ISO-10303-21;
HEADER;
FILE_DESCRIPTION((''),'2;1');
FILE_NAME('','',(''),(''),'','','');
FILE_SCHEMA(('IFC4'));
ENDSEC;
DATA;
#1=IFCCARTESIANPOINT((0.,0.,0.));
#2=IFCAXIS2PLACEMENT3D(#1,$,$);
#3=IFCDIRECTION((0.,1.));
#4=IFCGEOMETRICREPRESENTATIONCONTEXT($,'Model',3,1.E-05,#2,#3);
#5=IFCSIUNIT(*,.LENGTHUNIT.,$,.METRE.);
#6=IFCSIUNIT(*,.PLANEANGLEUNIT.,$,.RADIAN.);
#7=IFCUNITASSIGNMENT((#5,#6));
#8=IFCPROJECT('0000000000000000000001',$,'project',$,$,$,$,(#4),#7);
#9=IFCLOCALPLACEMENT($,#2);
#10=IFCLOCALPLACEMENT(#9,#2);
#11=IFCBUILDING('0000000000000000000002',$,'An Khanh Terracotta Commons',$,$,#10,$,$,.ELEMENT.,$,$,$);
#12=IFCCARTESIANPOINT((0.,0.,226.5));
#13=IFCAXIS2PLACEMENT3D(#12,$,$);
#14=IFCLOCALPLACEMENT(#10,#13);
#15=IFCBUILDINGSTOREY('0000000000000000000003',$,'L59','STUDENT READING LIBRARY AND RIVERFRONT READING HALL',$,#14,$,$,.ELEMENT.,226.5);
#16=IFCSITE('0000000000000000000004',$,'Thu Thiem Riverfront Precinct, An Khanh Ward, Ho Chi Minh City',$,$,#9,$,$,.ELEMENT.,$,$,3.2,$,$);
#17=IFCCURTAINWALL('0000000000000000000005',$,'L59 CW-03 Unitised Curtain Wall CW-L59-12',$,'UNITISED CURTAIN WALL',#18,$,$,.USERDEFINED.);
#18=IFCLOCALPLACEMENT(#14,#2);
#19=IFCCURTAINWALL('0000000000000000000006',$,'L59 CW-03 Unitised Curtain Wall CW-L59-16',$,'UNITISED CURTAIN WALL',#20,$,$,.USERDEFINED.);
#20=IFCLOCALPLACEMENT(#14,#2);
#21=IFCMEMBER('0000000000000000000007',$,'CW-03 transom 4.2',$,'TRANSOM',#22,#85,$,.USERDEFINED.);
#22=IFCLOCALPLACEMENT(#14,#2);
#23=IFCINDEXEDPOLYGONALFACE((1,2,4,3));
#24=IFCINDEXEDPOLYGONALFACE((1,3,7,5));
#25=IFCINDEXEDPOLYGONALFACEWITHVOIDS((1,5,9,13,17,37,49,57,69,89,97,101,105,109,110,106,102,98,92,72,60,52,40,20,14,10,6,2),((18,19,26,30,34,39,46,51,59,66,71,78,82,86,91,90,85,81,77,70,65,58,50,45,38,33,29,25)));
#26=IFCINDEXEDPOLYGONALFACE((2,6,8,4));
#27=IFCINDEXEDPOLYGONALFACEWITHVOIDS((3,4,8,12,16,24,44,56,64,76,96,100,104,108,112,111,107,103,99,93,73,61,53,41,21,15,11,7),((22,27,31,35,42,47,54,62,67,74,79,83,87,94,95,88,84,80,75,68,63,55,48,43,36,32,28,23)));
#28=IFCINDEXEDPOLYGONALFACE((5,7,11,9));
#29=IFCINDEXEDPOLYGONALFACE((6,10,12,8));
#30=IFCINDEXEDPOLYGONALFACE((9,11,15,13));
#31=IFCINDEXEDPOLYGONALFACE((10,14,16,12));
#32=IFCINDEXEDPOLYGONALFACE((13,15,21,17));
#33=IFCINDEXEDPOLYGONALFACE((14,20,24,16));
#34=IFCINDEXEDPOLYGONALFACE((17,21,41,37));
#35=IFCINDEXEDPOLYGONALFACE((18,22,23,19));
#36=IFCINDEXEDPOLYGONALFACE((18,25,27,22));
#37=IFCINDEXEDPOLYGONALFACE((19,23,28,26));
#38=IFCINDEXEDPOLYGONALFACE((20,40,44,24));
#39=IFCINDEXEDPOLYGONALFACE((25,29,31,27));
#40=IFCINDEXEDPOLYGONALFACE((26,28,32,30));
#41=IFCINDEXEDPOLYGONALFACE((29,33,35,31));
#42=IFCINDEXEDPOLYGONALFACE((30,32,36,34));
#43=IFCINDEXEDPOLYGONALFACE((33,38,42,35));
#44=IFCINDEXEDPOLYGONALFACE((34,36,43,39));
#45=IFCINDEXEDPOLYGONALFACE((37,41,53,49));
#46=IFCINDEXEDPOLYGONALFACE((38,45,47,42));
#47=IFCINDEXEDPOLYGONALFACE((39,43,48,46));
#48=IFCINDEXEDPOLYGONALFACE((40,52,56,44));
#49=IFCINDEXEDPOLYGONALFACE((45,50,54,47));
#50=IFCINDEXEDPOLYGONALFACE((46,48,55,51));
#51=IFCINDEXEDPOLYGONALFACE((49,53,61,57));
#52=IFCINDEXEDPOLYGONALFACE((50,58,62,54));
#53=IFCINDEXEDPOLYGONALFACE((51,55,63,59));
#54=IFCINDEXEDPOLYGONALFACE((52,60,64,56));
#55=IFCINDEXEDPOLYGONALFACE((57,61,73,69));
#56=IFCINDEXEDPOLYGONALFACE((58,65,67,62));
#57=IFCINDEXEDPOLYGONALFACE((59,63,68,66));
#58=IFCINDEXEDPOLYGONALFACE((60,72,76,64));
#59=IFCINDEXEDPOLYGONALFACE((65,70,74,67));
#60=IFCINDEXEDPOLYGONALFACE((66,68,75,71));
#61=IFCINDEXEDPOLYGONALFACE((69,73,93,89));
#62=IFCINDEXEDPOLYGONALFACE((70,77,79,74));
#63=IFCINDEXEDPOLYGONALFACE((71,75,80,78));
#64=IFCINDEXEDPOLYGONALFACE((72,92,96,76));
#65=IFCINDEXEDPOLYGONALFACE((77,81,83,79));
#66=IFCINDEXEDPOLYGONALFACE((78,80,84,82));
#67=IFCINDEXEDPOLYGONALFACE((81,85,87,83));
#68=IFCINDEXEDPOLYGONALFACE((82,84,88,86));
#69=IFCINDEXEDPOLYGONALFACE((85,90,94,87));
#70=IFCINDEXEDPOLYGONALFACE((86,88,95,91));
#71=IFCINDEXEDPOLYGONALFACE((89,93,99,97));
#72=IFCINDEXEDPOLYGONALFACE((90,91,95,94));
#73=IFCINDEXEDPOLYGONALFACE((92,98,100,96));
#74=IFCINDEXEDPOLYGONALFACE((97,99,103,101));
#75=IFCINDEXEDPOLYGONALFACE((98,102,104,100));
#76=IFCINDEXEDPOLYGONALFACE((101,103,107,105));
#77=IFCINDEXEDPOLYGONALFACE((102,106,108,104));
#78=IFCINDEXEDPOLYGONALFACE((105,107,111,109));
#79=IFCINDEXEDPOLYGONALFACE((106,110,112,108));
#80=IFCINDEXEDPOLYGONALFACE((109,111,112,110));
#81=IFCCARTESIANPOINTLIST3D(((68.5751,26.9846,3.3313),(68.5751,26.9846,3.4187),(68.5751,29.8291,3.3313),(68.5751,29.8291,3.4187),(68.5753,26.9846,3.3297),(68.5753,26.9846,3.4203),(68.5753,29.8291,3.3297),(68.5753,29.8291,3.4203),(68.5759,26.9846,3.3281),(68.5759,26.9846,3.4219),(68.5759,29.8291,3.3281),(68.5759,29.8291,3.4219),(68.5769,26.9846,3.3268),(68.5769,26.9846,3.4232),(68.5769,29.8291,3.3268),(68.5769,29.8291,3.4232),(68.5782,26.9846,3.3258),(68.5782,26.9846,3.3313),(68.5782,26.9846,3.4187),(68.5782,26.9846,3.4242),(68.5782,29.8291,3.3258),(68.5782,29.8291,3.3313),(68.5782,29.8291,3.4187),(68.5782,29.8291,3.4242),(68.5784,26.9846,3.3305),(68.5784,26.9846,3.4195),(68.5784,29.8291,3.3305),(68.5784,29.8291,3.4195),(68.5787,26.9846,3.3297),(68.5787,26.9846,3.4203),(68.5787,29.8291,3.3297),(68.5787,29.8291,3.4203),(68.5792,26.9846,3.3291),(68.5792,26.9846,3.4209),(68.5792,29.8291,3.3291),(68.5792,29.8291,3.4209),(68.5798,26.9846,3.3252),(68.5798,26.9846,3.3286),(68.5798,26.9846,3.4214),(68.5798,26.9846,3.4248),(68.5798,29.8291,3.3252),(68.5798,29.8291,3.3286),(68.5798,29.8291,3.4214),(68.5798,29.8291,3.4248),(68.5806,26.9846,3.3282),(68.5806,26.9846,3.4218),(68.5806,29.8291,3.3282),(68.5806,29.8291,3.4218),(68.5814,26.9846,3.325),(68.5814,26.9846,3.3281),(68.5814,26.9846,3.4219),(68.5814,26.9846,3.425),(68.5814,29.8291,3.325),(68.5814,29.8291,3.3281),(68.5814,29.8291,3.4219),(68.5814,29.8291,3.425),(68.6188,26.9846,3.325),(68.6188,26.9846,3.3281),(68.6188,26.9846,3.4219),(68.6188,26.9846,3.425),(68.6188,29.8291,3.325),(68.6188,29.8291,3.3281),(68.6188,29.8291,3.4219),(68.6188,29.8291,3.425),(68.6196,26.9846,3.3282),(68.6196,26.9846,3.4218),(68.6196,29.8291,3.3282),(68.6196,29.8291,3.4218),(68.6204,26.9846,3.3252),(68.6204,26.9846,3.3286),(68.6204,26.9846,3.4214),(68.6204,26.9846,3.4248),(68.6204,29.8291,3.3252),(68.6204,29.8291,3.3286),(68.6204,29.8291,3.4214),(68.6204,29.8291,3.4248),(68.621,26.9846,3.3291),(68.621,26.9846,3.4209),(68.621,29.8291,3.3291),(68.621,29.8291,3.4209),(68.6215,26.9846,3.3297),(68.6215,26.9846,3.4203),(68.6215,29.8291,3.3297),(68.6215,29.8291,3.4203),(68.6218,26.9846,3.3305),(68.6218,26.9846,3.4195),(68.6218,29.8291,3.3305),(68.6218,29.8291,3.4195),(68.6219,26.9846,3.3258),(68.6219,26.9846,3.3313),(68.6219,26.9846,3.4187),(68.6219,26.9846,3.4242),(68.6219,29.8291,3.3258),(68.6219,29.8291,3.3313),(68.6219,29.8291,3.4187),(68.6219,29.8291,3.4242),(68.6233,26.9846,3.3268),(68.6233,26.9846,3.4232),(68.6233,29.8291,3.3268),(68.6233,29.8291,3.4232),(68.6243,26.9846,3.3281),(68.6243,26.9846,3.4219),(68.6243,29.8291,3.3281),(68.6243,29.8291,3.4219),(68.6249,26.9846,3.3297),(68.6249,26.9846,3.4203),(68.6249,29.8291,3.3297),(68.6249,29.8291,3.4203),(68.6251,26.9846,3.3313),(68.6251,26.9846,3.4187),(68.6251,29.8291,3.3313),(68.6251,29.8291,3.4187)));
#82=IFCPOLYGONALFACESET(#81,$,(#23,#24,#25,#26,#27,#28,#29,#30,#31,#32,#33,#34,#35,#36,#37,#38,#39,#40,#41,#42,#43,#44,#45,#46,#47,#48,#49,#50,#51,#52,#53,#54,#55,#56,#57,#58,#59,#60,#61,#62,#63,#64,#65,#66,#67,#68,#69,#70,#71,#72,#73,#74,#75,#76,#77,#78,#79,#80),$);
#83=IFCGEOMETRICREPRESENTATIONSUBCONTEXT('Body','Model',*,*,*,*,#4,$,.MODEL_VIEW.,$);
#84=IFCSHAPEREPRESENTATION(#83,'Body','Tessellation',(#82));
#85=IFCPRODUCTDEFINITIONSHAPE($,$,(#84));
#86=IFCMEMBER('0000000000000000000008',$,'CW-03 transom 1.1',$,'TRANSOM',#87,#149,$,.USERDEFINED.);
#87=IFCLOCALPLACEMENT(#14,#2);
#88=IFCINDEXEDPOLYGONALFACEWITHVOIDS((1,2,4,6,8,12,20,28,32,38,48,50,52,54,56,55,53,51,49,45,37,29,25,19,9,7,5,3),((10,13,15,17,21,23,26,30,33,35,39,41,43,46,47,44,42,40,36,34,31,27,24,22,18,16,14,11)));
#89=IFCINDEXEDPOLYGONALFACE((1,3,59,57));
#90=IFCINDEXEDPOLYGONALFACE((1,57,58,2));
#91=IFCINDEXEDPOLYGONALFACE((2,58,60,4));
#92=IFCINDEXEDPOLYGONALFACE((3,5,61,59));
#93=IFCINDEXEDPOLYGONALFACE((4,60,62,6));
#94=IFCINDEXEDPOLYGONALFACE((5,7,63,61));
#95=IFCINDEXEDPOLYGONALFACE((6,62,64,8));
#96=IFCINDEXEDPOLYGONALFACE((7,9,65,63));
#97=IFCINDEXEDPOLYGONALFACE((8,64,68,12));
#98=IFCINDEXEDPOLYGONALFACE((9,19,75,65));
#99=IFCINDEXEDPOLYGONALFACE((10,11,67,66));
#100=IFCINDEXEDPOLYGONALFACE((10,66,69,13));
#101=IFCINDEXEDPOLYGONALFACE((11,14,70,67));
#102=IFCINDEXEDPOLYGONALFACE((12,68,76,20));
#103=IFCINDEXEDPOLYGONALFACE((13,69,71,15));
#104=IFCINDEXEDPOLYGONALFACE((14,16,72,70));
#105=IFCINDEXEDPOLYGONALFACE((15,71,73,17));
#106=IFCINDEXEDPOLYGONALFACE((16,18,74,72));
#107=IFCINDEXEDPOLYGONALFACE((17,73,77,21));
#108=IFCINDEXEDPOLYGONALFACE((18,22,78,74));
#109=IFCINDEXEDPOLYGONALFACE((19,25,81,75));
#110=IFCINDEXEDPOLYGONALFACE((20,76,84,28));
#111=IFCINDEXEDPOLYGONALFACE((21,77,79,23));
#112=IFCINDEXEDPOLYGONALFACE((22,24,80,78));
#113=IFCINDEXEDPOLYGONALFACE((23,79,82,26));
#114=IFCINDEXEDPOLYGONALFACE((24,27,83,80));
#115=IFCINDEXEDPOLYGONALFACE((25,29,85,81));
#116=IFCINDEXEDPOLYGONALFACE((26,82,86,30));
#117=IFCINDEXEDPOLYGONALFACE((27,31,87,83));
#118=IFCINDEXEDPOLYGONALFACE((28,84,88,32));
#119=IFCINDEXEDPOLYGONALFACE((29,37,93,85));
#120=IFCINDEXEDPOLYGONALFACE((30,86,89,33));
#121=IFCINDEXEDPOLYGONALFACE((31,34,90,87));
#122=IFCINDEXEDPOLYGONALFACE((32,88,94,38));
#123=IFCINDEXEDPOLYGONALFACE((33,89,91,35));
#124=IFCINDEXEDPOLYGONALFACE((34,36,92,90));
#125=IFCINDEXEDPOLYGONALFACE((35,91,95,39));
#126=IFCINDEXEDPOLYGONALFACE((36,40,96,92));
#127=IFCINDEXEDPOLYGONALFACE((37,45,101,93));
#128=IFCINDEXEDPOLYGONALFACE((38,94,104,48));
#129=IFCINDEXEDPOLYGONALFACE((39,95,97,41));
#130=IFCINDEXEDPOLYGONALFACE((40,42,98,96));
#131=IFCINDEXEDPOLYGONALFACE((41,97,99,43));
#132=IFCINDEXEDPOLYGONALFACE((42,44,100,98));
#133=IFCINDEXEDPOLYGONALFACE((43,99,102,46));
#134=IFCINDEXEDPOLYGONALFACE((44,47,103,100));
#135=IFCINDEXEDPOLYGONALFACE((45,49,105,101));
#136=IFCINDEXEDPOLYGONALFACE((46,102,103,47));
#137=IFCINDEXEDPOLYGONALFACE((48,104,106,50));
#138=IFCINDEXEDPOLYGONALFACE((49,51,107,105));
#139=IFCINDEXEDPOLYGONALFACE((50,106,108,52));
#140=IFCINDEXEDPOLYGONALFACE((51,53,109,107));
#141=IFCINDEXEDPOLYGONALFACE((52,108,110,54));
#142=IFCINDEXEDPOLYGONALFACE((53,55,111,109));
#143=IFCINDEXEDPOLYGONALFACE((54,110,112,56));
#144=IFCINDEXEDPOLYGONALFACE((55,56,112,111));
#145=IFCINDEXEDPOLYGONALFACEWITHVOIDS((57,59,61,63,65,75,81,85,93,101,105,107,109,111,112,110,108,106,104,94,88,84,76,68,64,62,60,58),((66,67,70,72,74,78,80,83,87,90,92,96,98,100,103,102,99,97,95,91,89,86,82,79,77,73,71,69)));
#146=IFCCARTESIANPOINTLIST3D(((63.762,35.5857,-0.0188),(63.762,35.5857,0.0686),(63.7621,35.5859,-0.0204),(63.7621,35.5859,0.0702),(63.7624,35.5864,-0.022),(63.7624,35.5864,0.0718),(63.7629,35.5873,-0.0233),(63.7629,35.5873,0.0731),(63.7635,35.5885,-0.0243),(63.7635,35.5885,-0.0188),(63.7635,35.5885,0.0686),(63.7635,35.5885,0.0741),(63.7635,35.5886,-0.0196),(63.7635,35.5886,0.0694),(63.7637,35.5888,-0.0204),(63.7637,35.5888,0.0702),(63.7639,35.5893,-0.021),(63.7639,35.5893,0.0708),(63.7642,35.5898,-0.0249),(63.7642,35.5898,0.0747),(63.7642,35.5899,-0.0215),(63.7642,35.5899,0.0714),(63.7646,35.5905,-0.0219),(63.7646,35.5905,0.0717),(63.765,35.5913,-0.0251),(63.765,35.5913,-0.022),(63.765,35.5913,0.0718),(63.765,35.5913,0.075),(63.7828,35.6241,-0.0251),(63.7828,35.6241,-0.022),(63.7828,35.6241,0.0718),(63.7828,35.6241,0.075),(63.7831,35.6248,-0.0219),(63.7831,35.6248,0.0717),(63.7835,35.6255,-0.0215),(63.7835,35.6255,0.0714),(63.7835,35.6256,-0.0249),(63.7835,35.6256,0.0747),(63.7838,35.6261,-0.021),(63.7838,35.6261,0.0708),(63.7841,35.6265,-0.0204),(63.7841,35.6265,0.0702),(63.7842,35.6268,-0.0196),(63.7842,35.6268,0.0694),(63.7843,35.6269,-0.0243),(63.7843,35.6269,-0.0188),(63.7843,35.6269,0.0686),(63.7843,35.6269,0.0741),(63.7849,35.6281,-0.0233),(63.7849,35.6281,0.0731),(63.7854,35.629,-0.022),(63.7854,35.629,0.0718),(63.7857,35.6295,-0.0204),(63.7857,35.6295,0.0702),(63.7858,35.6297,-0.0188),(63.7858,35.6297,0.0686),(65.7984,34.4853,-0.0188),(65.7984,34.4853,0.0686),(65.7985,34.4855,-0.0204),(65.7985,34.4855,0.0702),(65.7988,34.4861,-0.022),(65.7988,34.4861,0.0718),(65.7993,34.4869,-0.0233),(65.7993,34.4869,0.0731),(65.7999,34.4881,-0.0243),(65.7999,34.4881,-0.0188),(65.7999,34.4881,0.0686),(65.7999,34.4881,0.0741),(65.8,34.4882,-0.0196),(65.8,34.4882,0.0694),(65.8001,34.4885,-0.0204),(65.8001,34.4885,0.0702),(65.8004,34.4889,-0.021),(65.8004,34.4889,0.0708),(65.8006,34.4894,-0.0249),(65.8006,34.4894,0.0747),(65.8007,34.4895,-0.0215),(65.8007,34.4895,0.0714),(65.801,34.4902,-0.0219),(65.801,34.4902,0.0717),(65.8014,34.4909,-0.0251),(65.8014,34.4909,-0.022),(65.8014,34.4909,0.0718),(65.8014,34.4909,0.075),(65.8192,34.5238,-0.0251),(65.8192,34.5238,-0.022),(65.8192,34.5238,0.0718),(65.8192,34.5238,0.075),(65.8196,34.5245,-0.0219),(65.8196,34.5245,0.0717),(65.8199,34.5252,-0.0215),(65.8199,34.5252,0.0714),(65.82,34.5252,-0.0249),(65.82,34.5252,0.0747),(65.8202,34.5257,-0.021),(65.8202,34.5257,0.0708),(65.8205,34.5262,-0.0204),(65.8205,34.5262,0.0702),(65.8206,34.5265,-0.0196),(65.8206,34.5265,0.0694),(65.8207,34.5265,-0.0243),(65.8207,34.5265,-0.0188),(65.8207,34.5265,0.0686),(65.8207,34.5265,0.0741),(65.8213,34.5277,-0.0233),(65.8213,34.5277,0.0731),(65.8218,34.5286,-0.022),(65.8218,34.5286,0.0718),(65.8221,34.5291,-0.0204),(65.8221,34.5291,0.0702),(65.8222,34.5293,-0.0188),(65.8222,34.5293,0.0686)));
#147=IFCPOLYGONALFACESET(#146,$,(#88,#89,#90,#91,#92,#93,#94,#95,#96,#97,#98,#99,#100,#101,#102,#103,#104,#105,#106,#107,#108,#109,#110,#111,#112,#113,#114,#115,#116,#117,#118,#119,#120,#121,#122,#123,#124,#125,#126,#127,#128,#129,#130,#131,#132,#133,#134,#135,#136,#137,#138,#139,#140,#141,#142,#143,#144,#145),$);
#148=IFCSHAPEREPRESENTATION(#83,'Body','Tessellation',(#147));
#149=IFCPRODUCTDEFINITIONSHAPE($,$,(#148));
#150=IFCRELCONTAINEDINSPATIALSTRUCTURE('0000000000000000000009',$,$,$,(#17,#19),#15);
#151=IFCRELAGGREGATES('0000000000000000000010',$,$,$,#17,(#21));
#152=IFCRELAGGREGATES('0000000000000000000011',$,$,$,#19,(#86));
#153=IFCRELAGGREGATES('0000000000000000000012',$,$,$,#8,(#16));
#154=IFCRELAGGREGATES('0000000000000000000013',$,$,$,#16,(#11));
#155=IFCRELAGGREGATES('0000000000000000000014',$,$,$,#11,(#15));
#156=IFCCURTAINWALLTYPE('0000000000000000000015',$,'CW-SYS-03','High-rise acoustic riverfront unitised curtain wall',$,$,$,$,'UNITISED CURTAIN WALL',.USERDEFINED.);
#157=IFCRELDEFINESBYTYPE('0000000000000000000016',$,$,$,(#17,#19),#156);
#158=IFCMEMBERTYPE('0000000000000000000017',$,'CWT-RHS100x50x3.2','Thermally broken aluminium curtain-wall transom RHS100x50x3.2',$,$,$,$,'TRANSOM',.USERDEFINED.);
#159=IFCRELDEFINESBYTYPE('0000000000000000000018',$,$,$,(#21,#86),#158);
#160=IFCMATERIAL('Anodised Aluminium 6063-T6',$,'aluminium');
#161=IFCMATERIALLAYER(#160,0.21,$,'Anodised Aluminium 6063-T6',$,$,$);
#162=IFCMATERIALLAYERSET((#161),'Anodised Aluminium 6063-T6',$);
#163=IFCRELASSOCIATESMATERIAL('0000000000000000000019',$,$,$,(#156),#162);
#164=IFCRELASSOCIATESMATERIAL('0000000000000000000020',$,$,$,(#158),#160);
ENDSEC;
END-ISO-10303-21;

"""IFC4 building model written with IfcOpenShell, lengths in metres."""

from ifc_helpers import new_model, si_unit, direction, frame, origin, origin_2d, place, context, subcontext, project, spatial, hollow_rectangle, extrude, material, layer, layer_set, material_profile, profile_set, type_object, element, aggregate, save


model = new_model("IFC4")

# Units and contexts
model_context = context("Model", 3, precision=1e-05, world=origin(), true_north=direction((0.0, 1.0)))
body_context = subcontext(model_context, "Body", "Model", "MODEL_VIEW")
ifc_project = project(units=[si_unit("LENGTHUNIT", "METRE"), si_unit("PLANEANGLEUNIT", "RADIAN")], contexts=[model_context])

# Site, building, storey
site_placement = place(None, origin())
site = spatial("IfcSite", under=ifc_project, at=site_placement, Name="Thu Thiem Riverfront Precinct, An Khanh Ward, Ho Chi Minh City", CompositionType="ELEMENT", RefElevation=3.2)
building_placement = place(site_placement, origin())
building = spatial("IfcBuilding", under=site, at=building_placement, Name="An Khanh Terracotta Commons", CompositionType="ELEMENT")
storey_placement = place(building_placement, frame((0.0, 0.0, 226.5)))
storey = spatial("IfcBuildingStorey", under=building, at=storey_placement, Name="L59", Description="STUDENT READING LIBRARY AND RIVERFRONT READING HALL", CompositionType="ELEMENT", Elevation=226.5)

# Curtain walls
ifc_material_1 = material(Name="Anodised Aluminium 6063-T6", Category="aluminium")
ifc_layer_1 = layer(ifc_material_1, 0.21, Name="Anodised Aluminium 6063-T6")
ifc_layer_set_1 = layer_set([ifc_layer_1], Name="Anodised Aluminium 6063-T6")
curtain_wall_type = type_object("IfcCurtainWallType", Name="CW-SYS-03", Description="High-rise acoustic riverfront unitised curtain wall", ElementType="UNITISED CURTAIN WALL", PredefinedType="USERDEFINED", material=ifc_layer_set_1)
curtain_wall_1_placement = place(storey_placement, origin())
curtain_wall_1 = element("IfcCurtainWall", 1, at=curtain_wall_1_placement, inside=storey, type_object=curtain_wall_type, Name="L59 CW-03 Unitised Curtain Wall CW-L59-12", ObjectType="UNITISED CURTAIN WALL", PredefinedType="USERDEFINED")
curtain_wall_2_placement = place(storey_placement, origin())
curtain_wall_2 = element("IfcCurtainWall", 2, at=curtain_wall_2_placement, inside=storey, type_object=curtain_wall_type, Name="L59 CW-03 Unitised Curtain Wall CW-L59-16", ObjectType="UNITISED CURTAIN WALL", PredefinedType="USERDEFINED")

# Members
ifc_material_profile_1 = material_profile(ifc_material_1, hollow_rectangle(XDim=0.05, YDim=0.1001, WallThickness=0.0032, InnerFilletRadius=0.0032, OuterFilletRadius=0.0063, at=origin_2d()), Name="RHS100x50x3.2")
ifc_profile_set_1 = profile_set([ifc_material_profile_1], Name="Anodised Aluminium 6063-T6")
member_type_1 = type_object("IfcMemberType", Name="CWT-RHS100x50x3.2", Description="Thermally broken aluminium curtain-wall transom RHS100x50x3.2", ElementType="TRANSOM", PredefinedType="USERDEFINED", material=ifc_profile_set_1)
member_1_placement = place(storey_placement, frame((68.6001, 26.9846, 3.375), z_axis=(0.0, 1.0, 0.0), x_axis=(-1.0, 0.0, 0.0)))
member_1 = element("IfcMember", 3, at=member_1_placement, type_object=member_type_1, Name="CW-03 transom 4.2", ObjectType="TRANSOM", PredefinedType="USERDEFINED", context=body_context, shape_type="SweptSolid", body=[
    extrude(hollow_rectangle(XDim=0.05, YDim=0.1001, WallThickness=0.0032, InnerFilletRadius=0.0032, OuterFilletRadius=0.0063, at=origin_2d()), origin(), (0.0, 0.0, 1.0), 2.8445),
])
member_2_placement = place(storey_placement, frame((65.8103, 34.5073, 0.0249), z_axis=(-0.879779, 0.475382, 0.0), x_axis=(-0.475382, -0.879779, 0.0)))
member_2 = element("IfcMember", 4, at=member_2_placement, type_object=member_type_1, Name="CW-03 transom 1.1", ObjectType="TRANSOM", PredefinedType="USERDEFINED", context=body_context, shape_type="SweptSolid", body=[
    extrude(hollow_rectangle(XDim=0.05, YDim=0.1001, WallThickness=0.0032, InnerFilletRadius=0.0032, OuterFilletRadius=0.0063, at=origin_2d()), origin(), (0.0, 0.0, 1.0), 2.3147),
])

aggregate(curtain_wall_1, [member_1])
aggregate(curtain_wall_2, [member_2])

save(model, "model.ifc")
